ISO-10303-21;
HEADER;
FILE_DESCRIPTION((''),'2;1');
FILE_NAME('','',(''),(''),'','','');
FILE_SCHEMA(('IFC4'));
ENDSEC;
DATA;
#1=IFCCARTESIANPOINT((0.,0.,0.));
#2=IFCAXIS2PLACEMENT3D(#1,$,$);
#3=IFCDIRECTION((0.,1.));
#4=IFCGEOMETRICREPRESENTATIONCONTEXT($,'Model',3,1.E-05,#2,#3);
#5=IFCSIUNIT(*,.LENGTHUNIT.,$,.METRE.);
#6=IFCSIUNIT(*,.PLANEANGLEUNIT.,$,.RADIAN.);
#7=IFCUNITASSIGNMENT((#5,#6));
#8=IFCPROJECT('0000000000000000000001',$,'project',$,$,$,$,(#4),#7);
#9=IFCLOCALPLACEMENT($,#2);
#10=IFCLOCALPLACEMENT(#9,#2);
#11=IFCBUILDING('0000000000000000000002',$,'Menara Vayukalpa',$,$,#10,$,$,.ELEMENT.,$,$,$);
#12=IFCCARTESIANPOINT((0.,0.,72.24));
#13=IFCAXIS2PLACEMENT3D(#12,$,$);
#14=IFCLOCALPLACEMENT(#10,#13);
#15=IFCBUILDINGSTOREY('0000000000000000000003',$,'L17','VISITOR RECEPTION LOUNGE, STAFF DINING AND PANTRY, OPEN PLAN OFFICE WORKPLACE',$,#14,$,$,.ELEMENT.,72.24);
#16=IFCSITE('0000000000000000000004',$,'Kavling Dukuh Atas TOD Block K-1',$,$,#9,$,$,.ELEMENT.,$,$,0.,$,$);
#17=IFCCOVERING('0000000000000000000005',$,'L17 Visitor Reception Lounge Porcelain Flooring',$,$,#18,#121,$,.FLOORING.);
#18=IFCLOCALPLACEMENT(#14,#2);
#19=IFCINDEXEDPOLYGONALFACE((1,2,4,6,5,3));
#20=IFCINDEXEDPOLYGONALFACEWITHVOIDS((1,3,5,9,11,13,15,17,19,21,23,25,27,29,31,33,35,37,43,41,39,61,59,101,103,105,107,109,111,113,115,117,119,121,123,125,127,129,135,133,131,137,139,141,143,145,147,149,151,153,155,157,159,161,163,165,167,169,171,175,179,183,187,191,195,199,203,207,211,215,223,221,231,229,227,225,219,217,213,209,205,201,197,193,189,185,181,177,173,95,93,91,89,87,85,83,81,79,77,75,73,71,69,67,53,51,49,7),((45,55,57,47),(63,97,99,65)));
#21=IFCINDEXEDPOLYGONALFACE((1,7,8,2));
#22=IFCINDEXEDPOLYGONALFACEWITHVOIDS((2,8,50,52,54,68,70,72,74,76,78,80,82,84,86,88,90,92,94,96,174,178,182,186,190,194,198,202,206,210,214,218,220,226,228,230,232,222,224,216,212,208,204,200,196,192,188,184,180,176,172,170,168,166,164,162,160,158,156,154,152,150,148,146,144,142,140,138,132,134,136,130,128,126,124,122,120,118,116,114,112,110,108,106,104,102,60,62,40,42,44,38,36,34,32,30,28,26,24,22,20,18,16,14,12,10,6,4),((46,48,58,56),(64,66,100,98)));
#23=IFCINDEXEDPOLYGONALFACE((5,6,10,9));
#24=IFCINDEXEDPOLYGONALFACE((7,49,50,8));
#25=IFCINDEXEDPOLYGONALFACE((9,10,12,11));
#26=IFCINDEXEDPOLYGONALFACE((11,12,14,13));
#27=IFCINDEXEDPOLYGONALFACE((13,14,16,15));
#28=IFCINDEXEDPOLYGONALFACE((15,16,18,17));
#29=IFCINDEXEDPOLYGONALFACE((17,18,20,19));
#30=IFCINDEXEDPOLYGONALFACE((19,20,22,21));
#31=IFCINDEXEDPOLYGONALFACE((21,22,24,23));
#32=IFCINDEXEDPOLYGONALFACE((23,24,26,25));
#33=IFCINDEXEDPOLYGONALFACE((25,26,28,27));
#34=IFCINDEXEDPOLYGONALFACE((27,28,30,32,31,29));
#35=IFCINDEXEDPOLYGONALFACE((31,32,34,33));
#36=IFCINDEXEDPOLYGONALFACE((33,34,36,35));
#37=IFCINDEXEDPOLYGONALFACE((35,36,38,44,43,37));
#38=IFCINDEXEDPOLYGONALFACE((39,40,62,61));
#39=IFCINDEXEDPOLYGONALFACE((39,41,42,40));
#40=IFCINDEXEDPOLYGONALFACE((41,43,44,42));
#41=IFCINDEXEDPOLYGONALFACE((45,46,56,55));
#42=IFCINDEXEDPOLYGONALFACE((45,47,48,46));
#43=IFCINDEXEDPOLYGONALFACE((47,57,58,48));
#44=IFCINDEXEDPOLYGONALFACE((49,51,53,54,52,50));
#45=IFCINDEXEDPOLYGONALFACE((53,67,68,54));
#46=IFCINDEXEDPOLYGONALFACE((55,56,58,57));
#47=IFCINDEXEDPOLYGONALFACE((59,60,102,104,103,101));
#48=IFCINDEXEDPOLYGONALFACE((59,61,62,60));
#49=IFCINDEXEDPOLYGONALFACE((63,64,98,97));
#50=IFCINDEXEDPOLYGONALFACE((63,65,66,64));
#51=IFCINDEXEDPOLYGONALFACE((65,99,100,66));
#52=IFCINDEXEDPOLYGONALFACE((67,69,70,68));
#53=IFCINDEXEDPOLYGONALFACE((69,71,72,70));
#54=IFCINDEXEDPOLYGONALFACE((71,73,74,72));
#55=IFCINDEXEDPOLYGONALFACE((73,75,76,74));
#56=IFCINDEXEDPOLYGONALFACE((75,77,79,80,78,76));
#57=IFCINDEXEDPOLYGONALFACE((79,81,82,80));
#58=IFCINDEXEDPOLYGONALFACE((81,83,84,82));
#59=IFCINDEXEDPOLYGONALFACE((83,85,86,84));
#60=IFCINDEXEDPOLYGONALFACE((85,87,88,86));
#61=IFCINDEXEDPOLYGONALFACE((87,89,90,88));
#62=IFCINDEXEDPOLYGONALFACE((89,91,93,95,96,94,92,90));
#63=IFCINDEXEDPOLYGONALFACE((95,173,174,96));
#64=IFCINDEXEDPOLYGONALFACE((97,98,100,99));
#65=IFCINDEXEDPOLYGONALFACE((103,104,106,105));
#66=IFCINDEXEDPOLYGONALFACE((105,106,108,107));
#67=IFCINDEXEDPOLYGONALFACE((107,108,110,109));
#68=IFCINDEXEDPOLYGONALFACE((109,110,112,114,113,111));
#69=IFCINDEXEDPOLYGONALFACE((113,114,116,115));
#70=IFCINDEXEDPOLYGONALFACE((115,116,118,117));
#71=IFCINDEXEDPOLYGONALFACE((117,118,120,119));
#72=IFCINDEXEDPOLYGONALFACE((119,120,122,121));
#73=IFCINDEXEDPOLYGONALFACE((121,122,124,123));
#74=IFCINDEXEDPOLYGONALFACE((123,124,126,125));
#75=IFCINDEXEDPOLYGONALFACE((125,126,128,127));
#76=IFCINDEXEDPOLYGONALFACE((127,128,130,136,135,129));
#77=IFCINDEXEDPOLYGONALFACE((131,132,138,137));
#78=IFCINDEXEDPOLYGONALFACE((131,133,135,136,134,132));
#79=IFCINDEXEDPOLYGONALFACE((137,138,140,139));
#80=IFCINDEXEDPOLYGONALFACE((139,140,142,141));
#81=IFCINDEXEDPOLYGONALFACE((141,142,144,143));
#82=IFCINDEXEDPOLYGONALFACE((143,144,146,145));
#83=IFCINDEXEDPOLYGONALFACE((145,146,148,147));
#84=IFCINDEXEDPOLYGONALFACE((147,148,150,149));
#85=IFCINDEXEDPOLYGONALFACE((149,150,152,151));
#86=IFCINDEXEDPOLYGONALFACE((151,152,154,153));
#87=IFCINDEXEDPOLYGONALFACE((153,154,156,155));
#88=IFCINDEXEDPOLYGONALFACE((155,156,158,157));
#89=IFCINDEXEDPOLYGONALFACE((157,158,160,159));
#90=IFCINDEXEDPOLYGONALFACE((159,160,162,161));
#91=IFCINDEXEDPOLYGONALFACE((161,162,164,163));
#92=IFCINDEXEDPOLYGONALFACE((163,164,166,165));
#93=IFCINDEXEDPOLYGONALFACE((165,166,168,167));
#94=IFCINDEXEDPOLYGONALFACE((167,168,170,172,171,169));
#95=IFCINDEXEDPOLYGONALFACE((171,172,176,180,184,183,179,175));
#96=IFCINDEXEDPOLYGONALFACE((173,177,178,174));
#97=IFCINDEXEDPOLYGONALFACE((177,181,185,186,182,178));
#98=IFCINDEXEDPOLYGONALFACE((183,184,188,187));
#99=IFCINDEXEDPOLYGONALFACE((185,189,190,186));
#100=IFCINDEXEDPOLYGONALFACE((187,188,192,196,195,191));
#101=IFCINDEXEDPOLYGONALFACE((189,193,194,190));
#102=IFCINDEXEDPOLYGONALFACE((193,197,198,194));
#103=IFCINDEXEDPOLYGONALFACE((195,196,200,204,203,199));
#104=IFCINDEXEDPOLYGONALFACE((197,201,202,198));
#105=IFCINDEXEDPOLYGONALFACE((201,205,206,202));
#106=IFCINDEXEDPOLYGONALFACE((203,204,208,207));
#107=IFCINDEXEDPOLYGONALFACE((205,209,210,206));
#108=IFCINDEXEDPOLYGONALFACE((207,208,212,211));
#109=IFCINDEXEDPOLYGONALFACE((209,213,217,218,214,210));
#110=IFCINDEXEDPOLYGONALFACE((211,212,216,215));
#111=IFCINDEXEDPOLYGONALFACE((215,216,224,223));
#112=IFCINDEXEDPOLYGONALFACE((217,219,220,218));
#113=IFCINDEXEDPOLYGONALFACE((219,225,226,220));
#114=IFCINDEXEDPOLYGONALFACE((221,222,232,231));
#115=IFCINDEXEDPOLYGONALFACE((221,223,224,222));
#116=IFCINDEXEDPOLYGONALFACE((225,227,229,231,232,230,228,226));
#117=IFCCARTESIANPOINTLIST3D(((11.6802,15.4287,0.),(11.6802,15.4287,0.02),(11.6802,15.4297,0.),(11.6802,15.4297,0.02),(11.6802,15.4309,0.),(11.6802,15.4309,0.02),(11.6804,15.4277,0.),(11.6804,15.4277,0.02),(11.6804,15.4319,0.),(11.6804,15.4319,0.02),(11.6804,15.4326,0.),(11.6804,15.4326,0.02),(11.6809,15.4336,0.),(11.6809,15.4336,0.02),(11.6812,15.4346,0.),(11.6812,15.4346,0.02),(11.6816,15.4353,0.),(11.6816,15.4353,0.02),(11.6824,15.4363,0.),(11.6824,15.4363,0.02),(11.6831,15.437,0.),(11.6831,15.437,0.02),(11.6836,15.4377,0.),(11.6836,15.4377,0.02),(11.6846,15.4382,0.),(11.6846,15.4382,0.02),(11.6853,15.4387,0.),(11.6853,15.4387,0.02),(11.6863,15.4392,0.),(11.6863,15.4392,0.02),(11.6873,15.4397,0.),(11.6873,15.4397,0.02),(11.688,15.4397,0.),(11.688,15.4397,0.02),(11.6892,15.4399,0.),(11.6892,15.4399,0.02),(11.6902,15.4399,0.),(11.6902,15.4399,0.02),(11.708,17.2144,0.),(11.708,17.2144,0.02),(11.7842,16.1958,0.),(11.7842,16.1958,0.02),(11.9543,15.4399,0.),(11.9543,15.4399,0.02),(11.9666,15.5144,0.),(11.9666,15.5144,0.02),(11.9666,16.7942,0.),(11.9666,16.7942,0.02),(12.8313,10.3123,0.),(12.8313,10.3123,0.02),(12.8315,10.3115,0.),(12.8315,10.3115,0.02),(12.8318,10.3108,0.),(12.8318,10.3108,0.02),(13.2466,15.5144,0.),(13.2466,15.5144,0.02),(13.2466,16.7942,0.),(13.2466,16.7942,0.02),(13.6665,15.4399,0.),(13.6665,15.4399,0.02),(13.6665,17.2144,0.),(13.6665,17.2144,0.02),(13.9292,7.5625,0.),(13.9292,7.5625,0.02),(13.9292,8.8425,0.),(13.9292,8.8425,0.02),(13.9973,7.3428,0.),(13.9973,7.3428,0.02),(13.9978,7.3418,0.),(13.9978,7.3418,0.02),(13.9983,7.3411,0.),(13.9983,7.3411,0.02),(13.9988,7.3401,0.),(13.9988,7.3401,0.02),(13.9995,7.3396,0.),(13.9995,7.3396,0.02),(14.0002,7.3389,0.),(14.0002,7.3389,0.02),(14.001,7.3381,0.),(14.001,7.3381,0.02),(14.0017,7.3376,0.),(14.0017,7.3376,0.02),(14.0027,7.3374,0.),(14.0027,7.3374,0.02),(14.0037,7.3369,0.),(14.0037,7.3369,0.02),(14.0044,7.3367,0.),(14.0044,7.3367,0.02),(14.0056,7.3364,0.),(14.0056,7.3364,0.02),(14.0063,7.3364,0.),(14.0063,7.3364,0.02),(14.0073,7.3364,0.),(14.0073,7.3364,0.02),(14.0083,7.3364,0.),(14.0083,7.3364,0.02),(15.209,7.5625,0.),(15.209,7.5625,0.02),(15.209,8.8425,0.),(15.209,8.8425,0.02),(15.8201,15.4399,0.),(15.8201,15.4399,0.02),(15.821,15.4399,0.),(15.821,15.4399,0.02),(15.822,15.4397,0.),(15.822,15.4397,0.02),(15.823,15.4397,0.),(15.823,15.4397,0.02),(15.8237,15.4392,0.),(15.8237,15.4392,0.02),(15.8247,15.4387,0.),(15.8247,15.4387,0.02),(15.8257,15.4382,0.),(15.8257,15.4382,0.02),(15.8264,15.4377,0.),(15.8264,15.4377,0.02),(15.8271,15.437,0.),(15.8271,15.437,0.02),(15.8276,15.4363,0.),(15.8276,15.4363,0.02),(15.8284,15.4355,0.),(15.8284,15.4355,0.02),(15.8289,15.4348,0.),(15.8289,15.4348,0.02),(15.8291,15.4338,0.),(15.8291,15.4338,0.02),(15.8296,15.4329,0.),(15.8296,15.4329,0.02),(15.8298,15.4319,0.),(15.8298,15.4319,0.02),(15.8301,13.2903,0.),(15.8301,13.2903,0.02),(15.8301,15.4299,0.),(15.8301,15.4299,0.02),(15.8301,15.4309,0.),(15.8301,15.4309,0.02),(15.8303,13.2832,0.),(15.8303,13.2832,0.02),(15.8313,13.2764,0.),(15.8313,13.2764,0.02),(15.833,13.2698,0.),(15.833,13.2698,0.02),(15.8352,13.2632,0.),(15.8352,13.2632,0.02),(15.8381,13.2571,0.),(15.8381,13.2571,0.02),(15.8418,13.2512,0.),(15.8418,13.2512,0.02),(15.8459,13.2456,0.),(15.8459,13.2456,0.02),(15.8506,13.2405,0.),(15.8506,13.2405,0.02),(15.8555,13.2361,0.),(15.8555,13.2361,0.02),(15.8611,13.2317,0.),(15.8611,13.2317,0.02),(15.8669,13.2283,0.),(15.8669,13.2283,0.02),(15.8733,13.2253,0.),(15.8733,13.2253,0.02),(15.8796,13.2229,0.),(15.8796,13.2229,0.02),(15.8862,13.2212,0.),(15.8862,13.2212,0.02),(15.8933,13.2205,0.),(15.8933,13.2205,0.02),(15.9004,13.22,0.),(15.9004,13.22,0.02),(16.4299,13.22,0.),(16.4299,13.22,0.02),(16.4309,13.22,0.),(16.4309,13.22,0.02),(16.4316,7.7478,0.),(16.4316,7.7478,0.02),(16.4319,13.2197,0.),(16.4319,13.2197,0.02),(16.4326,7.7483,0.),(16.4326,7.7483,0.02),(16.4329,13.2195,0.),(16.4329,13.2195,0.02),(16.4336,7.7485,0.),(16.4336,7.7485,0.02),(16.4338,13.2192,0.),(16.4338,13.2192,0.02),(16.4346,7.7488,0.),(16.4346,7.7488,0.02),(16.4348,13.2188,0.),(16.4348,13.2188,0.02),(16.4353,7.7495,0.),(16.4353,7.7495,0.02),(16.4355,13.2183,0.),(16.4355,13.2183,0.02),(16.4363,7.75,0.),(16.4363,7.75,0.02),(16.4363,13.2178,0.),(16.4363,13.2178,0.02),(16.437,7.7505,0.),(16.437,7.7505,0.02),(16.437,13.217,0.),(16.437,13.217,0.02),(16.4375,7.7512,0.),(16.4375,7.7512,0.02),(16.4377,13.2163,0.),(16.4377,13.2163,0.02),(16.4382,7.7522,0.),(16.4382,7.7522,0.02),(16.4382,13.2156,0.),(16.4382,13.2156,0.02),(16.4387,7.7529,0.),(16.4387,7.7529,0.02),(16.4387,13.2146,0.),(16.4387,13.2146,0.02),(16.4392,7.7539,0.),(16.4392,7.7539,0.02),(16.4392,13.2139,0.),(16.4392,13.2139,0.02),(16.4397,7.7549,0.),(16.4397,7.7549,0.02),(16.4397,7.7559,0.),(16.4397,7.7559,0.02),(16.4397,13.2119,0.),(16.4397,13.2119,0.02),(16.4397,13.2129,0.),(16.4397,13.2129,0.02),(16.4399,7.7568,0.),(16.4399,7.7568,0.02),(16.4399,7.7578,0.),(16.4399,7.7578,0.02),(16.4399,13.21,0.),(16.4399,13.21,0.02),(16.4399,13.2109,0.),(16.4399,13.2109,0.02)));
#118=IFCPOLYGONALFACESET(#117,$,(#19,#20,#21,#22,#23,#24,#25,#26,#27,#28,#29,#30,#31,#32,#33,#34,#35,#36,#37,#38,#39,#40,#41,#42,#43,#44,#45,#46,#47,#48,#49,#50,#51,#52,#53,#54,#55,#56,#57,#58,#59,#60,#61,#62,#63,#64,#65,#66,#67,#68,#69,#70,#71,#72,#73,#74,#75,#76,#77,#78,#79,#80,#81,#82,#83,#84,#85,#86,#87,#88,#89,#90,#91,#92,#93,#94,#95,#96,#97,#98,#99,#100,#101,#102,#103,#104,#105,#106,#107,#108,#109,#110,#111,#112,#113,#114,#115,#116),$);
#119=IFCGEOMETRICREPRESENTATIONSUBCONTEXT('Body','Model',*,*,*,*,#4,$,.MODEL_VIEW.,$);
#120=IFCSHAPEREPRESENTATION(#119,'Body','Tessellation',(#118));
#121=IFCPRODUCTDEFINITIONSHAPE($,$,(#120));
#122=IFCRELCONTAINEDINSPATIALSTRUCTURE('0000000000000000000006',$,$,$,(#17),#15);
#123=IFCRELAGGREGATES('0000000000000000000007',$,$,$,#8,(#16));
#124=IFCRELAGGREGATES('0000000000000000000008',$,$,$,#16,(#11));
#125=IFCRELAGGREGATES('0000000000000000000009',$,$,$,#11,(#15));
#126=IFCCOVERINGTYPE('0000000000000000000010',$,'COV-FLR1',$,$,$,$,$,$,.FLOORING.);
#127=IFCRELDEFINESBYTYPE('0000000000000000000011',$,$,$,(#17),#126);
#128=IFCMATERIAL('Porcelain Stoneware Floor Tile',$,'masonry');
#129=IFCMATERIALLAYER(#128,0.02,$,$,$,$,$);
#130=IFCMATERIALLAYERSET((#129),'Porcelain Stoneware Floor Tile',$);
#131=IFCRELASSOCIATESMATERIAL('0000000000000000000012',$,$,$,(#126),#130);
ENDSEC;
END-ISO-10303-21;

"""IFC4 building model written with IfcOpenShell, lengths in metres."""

from ifc_helpers import new_model, si_unit, direction, frame, origin, place, context, subcontext, project, spatial, polyline, outline, extrude, material, layer, layer_set, type_object, element, save


model = new_model("IFC4")

# Units and contexts
model_context = context("Model", 3, precision=1e-05, world=origin(), true_north=direction((0.0, 1.0)))
body_context = subcontext(model_context, "Body", "Model", "MODEL_VIEW")
ifc_project = project(units=[si_unit("LENGTHUNIT", "METRE"), si_unit("PLANEANGLEUNIT", "RADIAN")], contexts=[model_context])

# Site, building, storey
site_placement = place(None, origin())
site = spatial("IfcSite", under=ifc_project, at=site_placement, Name="Kavling Dukuh Atas TOD Block K-1", CompositionType="ELEMENT", RefElevation=0.0)
building_placement = place(site_placement, origin())
building = spatial("IfcBuilding", under=site, at=building_placement, Name="Menara Vayukalpa", CompositionType="ELEMENT")
storey_placement = place(building_placement, frame((0.0, 0.0, 72.24)))
storey = spatial("IfcBuildingStorey", under=building, at=storey_placement, Name="L17", Description="VISITOR RECEPTION LOUNGE, STAFF DINING AND PANTRY, OPEN PLAN OFFICE WORKPLACE", CompositionType="ELEMENT", Elevation=72.24)

# Covering
ifc_material_1 = material(Name="Porcelain Stoneware Floor Tile", Category="masonry")
ifc_layer_1 = layer(ifc_material_1, 0.02)
ifc_layer_set_1 = layer_set([ifc_layer_1], Name="Porcelain Stoneware Floor Tile")
covering_type_1 = type_object("IfcCoveringType", Name="COV-FLR1", PredefinedType="FLOORING", material=ifc_layer_set_1)
covering_1_placement = place(storey_placement, origin())
element("IfcCovering", 1, at=covering_1_placement, inside=storey, type_object=covering_type_1, Name="L17 Visitor Reception Lounge Porcelain Flooring", PredefinedType="FLOORING", context=body_context, shape_type="SweptSolid", body=[
    extrude(outline(polyline([(14.0056, 7.3364), (14.0044, 7.3367), (14.0037, 7.3369), (14.0027, 7.3374), (14.0017, 7.3376), (14.001, 7.3381), (14.0002, 7.3389), (13.9995, 7.3396), (13.9988, 7.3401), (13.9983, 7.3411), (13.9978, 7.3418), (13.9973, 7.3428), (12.8318, 10.3108), (12.8315, 10.3115), (12.8313, 10.3123), (11.6804, 15.4277), (11.6802, 15.4287), (11.6802, 15.4297), (11.6802, 15.4309), (11.6804, 15.4319), (11.6804, 15.4326), (11.6809, 15.4336), (11.6812, 15.4346), (11.6816, 15.4353), (11.6824, 15.4363), (11.6831, 15.437), (11.6836, 15.4377), (11.6846, 15.4382), (11.6853, 15.4387), (11.6863, 15.4392), (11.6873, 15.4397), (11.688, 15.4397), (11.6892, 15.4399), (11.6902, 15.4399), (11.9543, 15.4399), (11.7842, 16.1958), (11.708, 17.2144), (13.6665, 17.2144), (13.6665, 15.4399), (15.8201, 15.4399), (15.821, 15.4399), (15.822, 15.4397), (15.823, 15.4397), (15.8237, 15.4392), (15.8247, 15.4387), (15.8257, 15.4382), (15.8264, 15.4377), (15.8271, 15.437), (15.8276, 15.4363), (15.8284, 15.4355), (15.8289, 15.4348), (15.8291, 15.4338), (15.8296, 15.4329), (15.8298, 15.4319), (15.8301, 15.4309), (15.8301, 15.4299), (15.8301, 13.2903), (15.8303, 13.2832), (15.8313, 13.2764), (15.833, 13.2698), (15.8352, 13.2632), (15.8381, 13.2571), (15.8418, 13.2512), (15.8459, 13.2456), (15.8506, 13.2405), (15.8555, 13.2361), (15.8611, 13.2317), (15.8669, 13.2283), (15.8733, 13.2253), (15.8796, 13.2229), (15.8862, 13.2212), (15.8933, 13.2205), (15.9004, 13.22), (16.4299, 13.22), (16.4309, 13.22), (16.4319, 13.2197), (16.4329, 13.2195), (16.4338, 13.2192), (16.4348, 13.2188), (16.4355, 13.2183), (16.4363, 13.2178), (16.437, 13.217), (16.4377, 13.2163), (16.4382, 13.2156), (16.4387, 13.2146), (16.4392, 13.2139), (16.4397, 13.2129), (16.4397, 13.2119), (16.4399, 13.2109), (16.4399, 13.21), (16.4399, 7.7578), (16.4399, 7.7568), (16.4397, 7.7559), (16.4397, 7.7549), (16.4392, 7.7539), (16.4387, 7.7529), (16.4382, 7.7522), (16.4375, 7.7512), (16.437, 7.7505), (16.4363, 7.75), (16.4353, 7.7495), (16.4346, 7.7488), (16.4336, 7.7485), (16.4326, 7.7483), (16.4316, 7.7478), (14.0083, 7.3364), (14.0073, 7.3364), (14.0063, 7.3364), (14.0056, 7.3364)]), holes=[polyline([(15.209, 8.8425), (13.9292, 8.8425), (13.9292, 7.5625), (15.209, 7.5625), (15.209, 8.8425)]), polyline([(13.2466, 16.7942), (11.9666, 16.7942), (11.9666, 15.5144), (13.2466, 15.5144), (13.2466, 16.7942)])]), origin(), (0.0, 0.0, 1.0), 0.02),
])

save(model, "model.ifc")
